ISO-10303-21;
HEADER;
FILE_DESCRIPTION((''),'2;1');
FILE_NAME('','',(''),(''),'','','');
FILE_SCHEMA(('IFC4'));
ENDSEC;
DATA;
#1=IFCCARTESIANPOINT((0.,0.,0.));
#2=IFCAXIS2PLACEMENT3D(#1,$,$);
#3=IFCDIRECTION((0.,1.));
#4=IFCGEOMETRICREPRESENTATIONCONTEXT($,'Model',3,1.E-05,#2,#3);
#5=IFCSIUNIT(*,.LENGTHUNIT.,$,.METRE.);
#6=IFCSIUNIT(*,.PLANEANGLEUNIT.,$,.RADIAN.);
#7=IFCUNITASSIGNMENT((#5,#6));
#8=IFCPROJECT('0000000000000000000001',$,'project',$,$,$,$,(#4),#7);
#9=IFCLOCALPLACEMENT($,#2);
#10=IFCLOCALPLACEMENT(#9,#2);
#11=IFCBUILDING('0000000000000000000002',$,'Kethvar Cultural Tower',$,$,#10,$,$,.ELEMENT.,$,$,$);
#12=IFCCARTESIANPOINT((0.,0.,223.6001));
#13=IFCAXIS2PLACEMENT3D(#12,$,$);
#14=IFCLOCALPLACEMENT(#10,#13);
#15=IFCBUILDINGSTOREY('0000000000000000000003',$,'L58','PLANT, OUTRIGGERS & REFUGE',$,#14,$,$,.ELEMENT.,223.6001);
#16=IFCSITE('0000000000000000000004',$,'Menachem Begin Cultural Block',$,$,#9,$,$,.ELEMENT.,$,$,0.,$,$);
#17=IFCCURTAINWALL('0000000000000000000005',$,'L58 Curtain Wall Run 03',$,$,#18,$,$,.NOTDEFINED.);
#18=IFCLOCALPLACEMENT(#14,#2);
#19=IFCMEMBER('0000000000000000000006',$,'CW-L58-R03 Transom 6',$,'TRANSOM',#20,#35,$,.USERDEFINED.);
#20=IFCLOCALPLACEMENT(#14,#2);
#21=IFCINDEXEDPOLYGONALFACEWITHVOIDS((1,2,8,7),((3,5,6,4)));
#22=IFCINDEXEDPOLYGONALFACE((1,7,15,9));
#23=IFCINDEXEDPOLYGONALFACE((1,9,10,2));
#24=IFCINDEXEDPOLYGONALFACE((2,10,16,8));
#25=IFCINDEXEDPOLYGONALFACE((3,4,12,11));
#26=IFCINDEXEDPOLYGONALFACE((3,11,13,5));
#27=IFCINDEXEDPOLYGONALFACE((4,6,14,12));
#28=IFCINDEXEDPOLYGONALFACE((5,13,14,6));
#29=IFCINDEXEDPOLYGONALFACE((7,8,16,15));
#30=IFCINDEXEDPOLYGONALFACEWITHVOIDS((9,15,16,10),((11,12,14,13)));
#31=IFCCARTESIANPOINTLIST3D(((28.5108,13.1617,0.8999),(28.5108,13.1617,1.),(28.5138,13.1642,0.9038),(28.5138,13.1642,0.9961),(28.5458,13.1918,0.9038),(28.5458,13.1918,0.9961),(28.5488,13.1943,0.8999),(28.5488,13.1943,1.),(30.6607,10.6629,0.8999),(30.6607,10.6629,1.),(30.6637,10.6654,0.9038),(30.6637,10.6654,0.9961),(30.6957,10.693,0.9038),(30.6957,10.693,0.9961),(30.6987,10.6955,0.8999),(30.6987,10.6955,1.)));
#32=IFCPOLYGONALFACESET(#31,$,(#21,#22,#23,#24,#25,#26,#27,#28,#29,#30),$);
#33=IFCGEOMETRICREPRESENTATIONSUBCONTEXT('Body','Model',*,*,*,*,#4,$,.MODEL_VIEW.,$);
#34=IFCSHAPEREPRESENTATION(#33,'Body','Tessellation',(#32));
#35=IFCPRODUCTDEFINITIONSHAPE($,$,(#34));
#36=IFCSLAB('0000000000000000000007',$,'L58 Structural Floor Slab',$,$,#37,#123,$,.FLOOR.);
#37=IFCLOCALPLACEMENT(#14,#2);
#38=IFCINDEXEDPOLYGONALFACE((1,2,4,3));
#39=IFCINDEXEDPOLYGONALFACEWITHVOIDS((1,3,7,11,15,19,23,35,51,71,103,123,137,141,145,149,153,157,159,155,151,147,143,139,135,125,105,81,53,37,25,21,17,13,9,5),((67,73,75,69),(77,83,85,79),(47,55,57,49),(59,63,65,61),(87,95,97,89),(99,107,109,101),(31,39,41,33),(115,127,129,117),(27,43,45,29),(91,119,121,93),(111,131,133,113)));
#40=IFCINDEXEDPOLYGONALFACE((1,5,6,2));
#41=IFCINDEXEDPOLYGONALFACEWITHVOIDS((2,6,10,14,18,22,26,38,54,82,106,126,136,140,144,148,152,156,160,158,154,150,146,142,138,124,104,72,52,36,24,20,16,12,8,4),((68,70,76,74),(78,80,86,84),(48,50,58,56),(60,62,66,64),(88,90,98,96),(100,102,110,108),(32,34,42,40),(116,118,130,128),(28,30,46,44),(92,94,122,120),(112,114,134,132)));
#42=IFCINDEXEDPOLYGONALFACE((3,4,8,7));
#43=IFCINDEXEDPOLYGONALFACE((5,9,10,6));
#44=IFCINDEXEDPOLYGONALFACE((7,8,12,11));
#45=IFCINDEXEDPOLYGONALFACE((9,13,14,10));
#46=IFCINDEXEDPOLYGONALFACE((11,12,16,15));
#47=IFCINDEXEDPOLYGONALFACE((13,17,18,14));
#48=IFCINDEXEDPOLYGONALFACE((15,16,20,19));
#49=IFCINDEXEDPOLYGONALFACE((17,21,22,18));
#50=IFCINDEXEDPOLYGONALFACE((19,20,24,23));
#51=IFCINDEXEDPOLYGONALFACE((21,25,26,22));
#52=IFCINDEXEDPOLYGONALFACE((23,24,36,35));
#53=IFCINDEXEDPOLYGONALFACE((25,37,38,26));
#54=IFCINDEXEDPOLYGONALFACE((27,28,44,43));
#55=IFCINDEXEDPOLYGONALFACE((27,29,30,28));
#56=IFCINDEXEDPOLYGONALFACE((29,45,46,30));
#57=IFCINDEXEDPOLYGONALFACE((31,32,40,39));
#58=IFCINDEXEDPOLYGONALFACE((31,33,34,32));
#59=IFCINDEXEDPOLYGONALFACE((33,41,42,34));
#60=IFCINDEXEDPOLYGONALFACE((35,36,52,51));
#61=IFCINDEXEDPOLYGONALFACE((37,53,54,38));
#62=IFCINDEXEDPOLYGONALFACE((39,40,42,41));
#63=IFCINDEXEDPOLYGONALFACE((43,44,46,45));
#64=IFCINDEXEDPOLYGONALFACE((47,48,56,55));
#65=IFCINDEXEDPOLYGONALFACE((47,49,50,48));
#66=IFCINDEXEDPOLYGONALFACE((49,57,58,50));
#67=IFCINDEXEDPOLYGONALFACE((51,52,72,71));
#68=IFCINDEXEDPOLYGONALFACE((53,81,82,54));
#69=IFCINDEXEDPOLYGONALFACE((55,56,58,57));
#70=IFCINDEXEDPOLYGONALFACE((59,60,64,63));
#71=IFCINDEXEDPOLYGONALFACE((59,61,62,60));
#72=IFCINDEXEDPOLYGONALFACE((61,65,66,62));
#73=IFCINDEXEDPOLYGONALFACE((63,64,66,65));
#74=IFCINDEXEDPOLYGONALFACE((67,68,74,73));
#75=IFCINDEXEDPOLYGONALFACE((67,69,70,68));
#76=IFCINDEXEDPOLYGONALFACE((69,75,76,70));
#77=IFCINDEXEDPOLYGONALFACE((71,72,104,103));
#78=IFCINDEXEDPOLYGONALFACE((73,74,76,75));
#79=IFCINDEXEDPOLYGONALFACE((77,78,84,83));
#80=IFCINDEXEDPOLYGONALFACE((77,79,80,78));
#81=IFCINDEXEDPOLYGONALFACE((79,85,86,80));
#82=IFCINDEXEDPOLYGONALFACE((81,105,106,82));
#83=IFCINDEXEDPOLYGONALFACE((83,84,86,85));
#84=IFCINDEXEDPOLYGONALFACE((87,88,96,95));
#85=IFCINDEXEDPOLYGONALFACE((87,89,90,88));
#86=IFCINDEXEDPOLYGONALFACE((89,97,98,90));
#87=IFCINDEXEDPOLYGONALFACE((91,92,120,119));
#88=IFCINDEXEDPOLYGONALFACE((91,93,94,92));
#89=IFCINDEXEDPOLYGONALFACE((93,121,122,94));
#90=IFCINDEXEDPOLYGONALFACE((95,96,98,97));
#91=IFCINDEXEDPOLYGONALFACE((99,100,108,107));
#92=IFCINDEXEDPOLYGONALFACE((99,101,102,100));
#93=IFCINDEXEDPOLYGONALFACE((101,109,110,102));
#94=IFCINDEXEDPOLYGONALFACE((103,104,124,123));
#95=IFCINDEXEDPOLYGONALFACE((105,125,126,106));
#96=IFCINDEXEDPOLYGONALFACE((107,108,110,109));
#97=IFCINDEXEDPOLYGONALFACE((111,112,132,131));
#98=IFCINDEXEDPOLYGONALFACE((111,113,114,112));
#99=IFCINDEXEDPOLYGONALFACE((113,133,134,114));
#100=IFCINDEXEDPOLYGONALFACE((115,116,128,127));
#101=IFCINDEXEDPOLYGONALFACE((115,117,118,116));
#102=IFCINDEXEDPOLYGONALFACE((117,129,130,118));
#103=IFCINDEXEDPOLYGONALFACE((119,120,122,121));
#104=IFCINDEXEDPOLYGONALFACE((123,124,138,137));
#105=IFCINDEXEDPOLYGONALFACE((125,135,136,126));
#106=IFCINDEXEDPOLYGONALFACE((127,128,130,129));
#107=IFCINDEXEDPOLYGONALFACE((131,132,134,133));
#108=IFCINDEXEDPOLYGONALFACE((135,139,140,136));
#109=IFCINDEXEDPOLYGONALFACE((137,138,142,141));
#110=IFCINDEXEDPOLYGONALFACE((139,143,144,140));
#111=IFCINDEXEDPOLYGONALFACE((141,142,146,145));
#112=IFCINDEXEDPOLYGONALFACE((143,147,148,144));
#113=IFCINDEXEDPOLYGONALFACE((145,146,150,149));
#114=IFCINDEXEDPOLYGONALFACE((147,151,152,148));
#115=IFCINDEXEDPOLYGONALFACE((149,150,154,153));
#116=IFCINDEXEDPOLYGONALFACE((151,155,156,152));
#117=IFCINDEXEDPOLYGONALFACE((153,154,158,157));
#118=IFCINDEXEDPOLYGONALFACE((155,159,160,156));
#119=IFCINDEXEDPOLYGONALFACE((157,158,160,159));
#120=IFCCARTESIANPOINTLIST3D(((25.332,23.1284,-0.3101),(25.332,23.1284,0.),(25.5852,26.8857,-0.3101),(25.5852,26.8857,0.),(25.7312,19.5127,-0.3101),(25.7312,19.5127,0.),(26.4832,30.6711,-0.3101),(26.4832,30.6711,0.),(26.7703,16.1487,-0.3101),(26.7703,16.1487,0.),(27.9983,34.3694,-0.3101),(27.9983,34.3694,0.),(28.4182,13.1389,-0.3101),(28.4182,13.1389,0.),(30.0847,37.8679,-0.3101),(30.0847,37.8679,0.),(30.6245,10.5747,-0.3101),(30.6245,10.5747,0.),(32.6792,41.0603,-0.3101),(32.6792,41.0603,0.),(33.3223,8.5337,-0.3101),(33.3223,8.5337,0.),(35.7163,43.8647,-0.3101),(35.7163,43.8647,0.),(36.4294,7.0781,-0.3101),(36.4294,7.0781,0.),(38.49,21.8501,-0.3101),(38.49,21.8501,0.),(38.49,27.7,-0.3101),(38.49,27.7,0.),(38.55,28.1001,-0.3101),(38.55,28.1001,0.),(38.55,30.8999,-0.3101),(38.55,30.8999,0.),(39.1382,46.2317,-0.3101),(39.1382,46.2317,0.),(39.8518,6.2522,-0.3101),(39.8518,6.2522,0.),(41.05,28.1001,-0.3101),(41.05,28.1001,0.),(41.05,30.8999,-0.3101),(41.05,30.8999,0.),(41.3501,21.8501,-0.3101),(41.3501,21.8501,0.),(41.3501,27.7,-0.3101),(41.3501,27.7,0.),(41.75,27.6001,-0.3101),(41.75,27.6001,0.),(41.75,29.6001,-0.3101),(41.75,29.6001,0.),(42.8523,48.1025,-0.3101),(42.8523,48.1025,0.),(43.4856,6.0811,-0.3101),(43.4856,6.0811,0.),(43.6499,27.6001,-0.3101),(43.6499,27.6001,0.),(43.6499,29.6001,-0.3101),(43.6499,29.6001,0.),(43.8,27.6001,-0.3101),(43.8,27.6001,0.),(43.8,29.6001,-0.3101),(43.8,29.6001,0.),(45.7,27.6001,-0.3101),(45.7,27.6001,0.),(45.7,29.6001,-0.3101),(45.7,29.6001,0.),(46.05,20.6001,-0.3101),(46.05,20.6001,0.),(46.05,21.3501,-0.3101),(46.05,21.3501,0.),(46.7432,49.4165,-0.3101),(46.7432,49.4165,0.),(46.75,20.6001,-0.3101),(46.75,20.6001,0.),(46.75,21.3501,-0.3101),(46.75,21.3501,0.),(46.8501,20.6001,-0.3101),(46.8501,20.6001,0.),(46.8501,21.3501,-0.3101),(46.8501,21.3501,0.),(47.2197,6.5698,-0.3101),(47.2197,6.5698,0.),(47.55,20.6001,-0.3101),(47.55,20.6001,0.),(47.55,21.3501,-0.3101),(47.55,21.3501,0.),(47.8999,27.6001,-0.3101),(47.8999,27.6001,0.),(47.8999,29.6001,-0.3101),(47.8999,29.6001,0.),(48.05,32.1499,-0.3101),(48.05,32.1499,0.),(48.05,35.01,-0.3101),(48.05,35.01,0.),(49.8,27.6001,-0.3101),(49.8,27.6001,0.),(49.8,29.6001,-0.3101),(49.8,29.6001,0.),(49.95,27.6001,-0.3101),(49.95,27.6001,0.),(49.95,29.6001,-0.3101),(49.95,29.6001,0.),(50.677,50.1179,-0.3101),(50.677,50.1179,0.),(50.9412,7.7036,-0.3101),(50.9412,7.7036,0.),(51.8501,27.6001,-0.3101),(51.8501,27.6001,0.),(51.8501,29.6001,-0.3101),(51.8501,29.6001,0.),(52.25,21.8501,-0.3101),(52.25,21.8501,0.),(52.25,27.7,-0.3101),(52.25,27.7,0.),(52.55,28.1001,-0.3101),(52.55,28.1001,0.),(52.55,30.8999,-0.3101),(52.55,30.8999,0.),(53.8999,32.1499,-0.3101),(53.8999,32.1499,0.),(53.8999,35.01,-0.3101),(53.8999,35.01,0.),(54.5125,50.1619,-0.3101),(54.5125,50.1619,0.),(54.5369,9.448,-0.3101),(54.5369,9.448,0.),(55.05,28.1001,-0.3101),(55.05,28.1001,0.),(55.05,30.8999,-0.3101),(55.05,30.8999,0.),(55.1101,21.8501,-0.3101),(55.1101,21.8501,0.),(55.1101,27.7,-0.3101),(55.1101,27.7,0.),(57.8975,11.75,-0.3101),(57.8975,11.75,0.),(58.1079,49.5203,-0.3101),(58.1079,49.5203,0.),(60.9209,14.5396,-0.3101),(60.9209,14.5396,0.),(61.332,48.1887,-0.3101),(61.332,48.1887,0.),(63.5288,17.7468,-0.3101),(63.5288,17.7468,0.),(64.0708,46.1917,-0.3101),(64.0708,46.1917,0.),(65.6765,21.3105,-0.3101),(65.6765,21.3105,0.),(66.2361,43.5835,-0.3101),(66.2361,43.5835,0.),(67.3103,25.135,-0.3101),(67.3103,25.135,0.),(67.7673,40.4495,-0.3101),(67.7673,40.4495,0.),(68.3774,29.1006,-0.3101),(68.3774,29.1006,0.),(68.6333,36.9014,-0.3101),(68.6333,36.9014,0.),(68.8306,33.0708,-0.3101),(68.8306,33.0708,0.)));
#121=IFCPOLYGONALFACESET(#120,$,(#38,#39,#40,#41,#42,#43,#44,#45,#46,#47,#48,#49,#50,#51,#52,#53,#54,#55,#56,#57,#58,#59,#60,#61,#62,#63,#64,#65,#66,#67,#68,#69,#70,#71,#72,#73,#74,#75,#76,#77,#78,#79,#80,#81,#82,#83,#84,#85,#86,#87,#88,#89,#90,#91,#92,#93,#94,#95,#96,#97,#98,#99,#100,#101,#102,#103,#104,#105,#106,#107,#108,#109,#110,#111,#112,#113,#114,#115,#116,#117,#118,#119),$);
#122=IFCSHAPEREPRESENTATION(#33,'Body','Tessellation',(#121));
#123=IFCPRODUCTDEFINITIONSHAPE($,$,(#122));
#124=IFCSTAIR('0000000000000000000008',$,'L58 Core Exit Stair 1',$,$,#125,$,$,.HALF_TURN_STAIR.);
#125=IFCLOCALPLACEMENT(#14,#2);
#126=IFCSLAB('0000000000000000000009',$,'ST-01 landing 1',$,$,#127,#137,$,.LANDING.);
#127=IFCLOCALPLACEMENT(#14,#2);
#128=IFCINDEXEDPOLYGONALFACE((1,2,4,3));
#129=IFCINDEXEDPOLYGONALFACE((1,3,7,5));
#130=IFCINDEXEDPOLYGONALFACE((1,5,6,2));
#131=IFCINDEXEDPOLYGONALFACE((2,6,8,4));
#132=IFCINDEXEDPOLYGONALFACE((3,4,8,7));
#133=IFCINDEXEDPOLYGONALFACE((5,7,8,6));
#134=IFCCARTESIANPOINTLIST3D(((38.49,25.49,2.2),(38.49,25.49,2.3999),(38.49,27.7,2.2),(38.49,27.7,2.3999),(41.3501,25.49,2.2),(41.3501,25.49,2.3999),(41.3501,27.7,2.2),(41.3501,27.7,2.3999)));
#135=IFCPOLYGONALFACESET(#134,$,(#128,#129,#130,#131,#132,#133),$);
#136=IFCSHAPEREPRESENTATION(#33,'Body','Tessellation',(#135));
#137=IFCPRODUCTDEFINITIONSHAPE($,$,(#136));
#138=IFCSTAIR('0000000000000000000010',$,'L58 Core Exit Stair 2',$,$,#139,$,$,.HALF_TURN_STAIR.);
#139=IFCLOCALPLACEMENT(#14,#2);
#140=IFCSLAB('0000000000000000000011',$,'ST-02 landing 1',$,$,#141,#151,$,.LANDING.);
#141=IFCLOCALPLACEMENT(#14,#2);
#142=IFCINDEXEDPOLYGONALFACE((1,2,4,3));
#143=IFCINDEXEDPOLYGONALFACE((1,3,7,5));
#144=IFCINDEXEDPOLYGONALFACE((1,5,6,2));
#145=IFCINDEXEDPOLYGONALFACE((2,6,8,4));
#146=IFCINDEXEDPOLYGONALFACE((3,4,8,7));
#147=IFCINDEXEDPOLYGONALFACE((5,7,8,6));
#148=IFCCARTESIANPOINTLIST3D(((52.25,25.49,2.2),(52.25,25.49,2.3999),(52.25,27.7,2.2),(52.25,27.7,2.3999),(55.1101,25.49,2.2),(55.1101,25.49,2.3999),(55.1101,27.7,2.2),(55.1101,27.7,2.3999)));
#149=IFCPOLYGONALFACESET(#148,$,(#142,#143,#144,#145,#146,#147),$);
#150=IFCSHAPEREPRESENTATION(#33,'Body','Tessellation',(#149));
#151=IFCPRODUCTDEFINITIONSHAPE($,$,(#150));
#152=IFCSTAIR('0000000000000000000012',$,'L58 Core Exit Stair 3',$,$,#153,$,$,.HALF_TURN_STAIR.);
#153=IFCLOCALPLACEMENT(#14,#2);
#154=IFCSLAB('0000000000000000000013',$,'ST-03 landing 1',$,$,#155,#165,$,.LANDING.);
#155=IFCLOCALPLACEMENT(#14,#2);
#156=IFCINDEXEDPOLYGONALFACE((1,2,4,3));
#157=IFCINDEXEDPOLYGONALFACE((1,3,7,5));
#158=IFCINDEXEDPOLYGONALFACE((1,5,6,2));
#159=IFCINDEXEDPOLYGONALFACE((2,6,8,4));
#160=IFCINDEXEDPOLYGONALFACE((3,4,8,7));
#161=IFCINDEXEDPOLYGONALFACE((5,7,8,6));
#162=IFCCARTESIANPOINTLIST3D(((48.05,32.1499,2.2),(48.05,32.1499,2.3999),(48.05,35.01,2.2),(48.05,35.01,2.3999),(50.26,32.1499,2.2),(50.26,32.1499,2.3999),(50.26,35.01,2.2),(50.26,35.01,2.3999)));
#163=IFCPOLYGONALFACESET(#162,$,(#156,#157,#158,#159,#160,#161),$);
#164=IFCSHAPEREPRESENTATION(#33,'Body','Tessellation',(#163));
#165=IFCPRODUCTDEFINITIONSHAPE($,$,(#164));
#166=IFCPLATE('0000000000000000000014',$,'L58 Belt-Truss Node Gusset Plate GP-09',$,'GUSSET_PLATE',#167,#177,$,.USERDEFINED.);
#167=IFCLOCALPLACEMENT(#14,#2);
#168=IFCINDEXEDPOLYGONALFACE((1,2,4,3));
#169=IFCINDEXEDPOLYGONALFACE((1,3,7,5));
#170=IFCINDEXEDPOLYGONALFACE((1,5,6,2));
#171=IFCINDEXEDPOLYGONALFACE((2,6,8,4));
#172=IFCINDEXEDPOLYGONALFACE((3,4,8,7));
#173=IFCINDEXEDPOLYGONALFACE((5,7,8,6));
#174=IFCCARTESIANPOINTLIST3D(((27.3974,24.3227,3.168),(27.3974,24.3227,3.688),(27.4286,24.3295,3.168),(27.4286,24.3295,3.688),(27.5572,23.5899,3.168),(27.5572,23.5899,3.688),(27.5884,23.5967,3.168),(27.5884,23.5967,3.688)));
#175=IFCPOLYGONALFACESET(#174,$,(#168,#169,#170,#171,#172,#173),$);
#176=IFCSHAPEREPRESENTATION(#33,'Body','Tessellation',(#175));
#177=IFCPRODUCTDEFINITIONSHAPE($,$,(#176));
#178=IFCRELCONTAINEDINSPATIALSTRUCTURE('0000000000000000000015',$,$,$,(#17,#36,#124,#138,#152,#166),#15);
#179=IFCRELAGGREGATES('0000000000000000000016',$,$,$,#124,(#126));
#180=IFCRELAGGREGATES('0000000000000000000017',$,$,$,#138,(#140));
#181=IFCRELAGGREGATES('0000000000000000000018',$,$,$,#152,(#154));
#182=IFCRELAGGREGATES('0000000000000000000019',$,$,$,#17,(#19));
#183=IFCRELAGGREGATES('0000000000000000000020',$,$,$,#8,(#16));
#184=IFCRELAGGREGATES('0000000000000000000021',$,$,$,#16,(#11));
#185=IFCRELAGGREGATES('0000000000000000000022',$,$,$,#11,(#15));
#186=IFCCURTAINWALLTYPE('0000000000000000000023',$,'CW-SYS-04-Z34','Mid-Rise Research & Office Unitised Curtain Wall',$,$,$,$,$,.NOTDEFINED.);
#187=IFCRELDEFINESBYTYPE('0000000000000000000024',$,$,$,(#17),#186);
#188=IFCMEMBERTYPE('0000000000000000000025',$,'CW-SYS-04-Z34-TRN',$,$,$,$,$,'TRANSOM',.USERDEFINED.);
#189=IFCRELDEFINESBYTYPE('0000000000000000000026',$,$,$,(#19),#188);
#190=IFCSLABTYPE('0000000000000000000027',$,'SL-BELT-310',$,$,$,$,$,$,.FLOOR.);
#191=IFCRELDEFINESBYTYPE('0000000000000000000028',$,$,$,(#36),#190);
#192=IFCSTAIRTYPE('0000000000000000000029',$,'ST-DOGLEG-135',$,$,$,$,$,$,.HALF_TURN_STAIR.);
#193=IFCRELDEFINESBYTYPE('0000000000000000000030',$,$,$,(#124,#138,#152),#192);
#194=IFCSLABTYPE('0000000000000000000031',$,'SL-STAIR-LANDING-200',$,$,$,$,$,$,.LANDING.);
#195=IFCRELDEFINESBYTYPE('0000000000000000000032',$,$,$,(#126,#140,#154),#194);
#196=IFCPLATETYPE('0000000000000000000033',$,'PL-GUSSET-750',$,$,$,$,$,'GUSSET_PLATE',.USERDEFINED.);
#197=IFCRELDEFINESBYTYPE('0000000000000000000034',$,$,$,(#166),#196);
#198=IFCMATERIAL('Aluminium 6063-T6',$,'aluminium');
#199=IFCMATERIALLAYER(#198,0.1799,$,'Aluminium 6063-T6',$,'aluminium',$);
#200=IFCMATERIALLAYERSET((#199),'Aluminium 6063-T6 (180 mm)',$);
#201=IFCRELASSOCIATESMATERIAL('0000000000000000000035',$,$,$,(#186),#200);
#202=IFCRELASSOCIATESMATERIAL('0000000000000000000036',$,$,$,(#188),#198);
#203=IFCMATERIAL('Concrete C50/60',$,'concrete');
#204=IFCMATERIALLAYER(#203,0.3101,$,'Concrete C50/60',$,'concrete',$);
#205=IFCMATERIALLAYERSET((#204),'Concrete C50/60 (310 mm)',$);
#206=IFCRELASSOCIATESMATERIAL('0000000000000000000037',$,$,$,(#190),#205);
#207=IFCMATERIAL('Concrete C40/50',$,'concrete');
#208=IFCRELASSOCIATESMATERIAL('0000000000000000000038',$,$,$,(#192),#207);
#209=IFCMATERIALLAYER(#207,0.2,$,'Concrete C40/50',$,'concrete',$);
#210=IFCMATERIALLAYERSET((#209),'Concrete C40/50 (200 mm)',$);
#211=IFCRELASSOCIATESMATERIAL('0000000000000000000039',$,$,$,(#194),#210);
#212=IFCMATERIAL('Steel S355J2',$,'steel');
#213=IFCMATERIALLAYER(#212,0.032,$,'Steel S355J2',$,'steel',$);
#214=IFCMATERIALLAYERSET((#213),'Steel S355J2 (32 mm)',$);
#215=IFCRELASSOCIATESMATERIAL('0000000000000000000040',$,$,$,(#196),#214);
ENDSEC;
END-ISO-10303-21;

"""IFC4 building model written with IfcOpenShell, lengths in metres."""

from ifc_helpers import new_model, si_unit, direction, frame, origin, origin_2d, place, context, subcontext, project, spatial, polyline, rectangle, hollow_rectangle, outline, extrude, source, transform, mapped, material, layer, layer_set, material_profile, profile_set, type_object, element, aggregate, save


model = new_model("IFC4")

# Units and contexts
model_context = context("Model", 3, precision=1e-05, world=origin(), true_north=direction((0.0, 1.0)))
body_context = subcontext(model_context, "Body", "Model", "MODEL_VIEW")
ifc_project = project(units=[si_unit("LENGTHUNIT", "METRE"), si_unit("PLANEANGLEUNIT", "RADIAN")], contexts=[model_context])

# Site, building, storey
site_placement = place(None, origin())
site = spatial("IfcSite", under=ifc_project, at=site_placement, Name="Menachem Begin Cultural Block", CompositionType="ELEMENT", RefElevation=0.0)
building_placement = place(site_placement, origin())
building = spatial("IfcBuilding", under=site, at=building_placement, Name="Kethvar Cultural Tower", CompositionType="ELEMENT")
storey_placement = place(building_placement, frame((0.0, 0.0, 223.6001)))
storey = spatial("IfcBuildingStorey", under=building, at=storey_placement, Name="L58", Description="PLANT, OUTRIGGERS & REFUGE", CompositionType="ELEMENT", Elevation=223.6001)

# Shared definitions
ifc_material_1 = material(Name="Steel S355J2", Category="steel")

# Curtain wall, member
ifc_material_2 = material(Name="Aluminium 6063-T6", Category="aluminium")
ifc_layer_1 = layer(ifc_material_2, 0.1799, Name="Aluminium 6063-T6", Category="aluminium")
ifc_layer_set_1 = layer_set([ifc_layer_1], Name="Aluminium 6063-T6 (180 mm)")
curtain_wall_type = type_object("IfcCurtainWallType", Name="CW-SYS-04-Z34", Description="Mid-Rise Research & Office Unitised Curtain Wall", PredefinedType="NOTDEFINED", material=ifc_layer_set_1)
curtain_wall_placement = place(storey_placement, origin())
curtain_wall = element("IfcCurtainWall", 1, at=curtain_wall_placement, inside=storey, type_object=curtain_wall_type, Name="L58 Curtain Wall Run 03", PredefinedType="NOTDEFINED")
ifc_material_profile_1 = material_profile(ifc_material_2, hollow_rectangle(XDim=0.05, YDim=0.1001, WallThickness=0.0039, at=origin_2d()), Name="Aluminium 6063-T6 — RHS100x50x4")
ifc_profile_set_1 = profile_set([ifc_material_profile_1], Name="Aluminium 6063-T6 — RHS100x50x4")
member_type_1 = type_object("IfcMemberType", Name="CW-SYS-04-Z34-TRN", ElementType="TRANSOM", PredefinedType="USERDEFINED", material=ifc_profile_set_1)
shared_shape_1 = source(origin(), body_context, "Body", "SweptSolid", [
    extrude(hollow_rectangle(XDim=0.05, YDim=0.1001, WallThickness=0.0039, at=origin_2d()), origin(), (0.0, 0.0, 1.0), 3.2964),
])
member_1_placement = place(storey_placement, frame((28.5298, 13.178, 0.95), z_axis=(0.652205, -0.758042, 0.0), x_axis=(0.758042, 0.652205, 0.0)))
member_1 = element("IfcMember", 2, at=member_1_placement, type_object=member_type_1, Name="CW-L58-R03 Transom 6", ObjectType="TRANSOM", PredefinedType="USERDEFINED", context=body_context, shape_type="MappedRepresentation", body=[
    mapped(shared_shape_1, transform((0.0, 0.0, 0.0), scale=1.0)),
])

# Slab
ifc_material_3 = material(Name="Concrete C50/60", Category="concrete")
ifc_layer_2 = layer(ifc_material_3, 0.3101, Name="Concrete C50/60", Category="concrete")
ifc_layer_set_2 = layer_set([ifc_layer_2], Name="Concrete C50/60 (310 mm)")
slab_type_1 = type_object("IfcSlabType", Name="SL-BELT-310", PredefinedType="FLOOR", material=ifc_layer_set_2)
slab_1_placement = place(storey_placement, frame((0.0, 0.0, -0.3101)))
element("IfcSlab", 3, at=slab_1_placement, inside=storey, type_object=slab_type_1, Name="L58 Structural Floor Slab", PredefinedType="FLOOR", context=body_context, shape_type="SweptSolid", body=[
    extrude(outline(polyline([(64.0708, 46.1917), (61.332, 48.1887), (58.1079, 49.5203), (54.5125, 50.1619), (50.677, 50.1179), (46.7432, 49.4165), (42.8523, 48.1025), (39.1382, 46.2317), (35.7163, 43.8647), (32.6792, 41.0603), (30.0847, 37.8679), (27.9983, 34.3694), (26.4832, 30.6711), (25.5852, 26.8857), (25.332, 23.1284), (25.7312, 19.5127), (26.7703, 16.1487), (28.4182, 13.1389), (30.6245, 10.5747), (33.3223, 8.5337), (36.4294, 7.0781), (39.8518, 6.2522), (43.4856, 6.0811), (47.2197, 6.5698), (50.9412, 7.7036), (54.5369, 9.448), (57.8975, 11.75), (60.9209, 14.5396), (63.5288, 17.7468), (65.6765, 21.3105), (67.3103, 25.135), (68.3774, 29.1006), (68.8306, 33.0708), (68.6333, 36.9014), (67.7673, 40.4495), (66.2361, 43.5835), (64.0708, 46.1917)]), holes=[polyline([(38.49, 21.8501), (38.49, 27.7), (41.3501, 27.7), (41.3501, 21.8501), (38.49, 21.8501)]), polyline([(52.25, 21.8501), (52.25, 27.7), (55.1101, 27.7), (55.1101, 21.8501), (52.25, 21.8501)]), polyline([(53.8999, 32.1499), (48.05, 32.1499), (48.05, 35.01), (53.8999, 35.01), (53.8999, 32.1499)]), polyline([(41.75, 29.6001), (43.6499, 29.6001), (43.6499, 27.6001), (41.75, 27.6001), (41.75, 29.6001)]), polyline([(43.8, 29.6001), (45.7, 29.6001), (45.7, 27.6001), (43.8, 27.6001), (43.8, 29.6001)]), polyline([(47.8999, 29.6001), (49.8, 29.6001), (49.8, 27.6001), (47.8999, 27.6001), (47.8999, 29.6001)]), polyline([(49.95, 29.6001), (51.8501, 29.6001), (51.8501, 27.6001), (49.95, 27.6001), (49.95, 29.6001)]), polyline([(38.55, 30.8999), (41.05, 30.8999), (41.05, 28.1001), (38.55, 28.1001), (38.55, 30.8999)]), polyline([(52.55, 30.8999), (55.05, 30.8999), (55.05, 28.1001), (52.55, 28.1001), (52.55, 30.8999)]), polyline([(46.05, 21.3501), (46.75, 21.3501), (46.75, 20.6001), (46.05, 20.6001), (46.05, 21.3501)]), polyline([(46.8501, 21.3501), (47.55, 21.3501), (47.55, 20.6001), (46.8501, 20.6001), (46.8501, 21.3501)])]), origin(), (0.0, 0.0, 1.0), 0.3101),
])

# Stairs, slabs
ifc_material_4 = material(Name="Concrete C40/50", Category="concrete")
stair_type = type_object("IfcStairType", Name="ST-DOGLEG-135", PredefinedType="HALF_TURN_STAIR", material=ifc_material_4)
stair_1_placement = place(storey_placement, origin())
stair_1 = element("IfcStair", 4, at=stair_1_placement, inside=storey, type_object=stair_type, Name="L58 Core Exit Stair 1", PredefinedType="HALF_TURN_STAIR")
ifc_layer_3 = layer(ifc_material_4, 0.2, Name="Concrete C40/50", Category="concrete")
ifc_layer_set_3 = layer_set([ifc_layer_3], Name="Concrete C40/50 (200 mm)")
slab_type_2 = type_object("IfcSlabType", Name="SL-STAIR-LANDING-200", PredefinedType="LANDING", material=ifc_layer_set_3)
slab_2_placement = place(storey_placement, frame((0.0, 0.0, 2.2)))
slab_2 = element("IfcSlab", 5, at=slab_2_placement, type_object=slab_type_2, Name="ST-01 landing 1", PredefinedType="LANDING", context=body_context, shape_type="SweptSolid", body=[
    extrude(outline(polyline([(41.3501, 25.49), (41.3501, 27.7), (38.49, 27.7), (38.49, 25.49), (41.3501, 25.49)])), origin(), (0.0, 0.0, 1.0), 0.2),
])
aggregate(stair_1, [slab_2])
stair_2_placement = place(storey_placement, origin())
stair_2 = element("IfcStair", 6, at=stair_2_placement, inside=storey, type_object=stair_type, Name="L58 Core Exit Stair 2", PredefinedType="HALF_TURN_STAIR")
slab_3_placement = place(storey_placement, frame((0.0, 0.0, 2.2)))
slab_3 = element("IfcSlab", 7, at=slab_3_placement, type_object=slab_type_2, Name="ST-02 landing 1", PredefinedType="LANDING", context=body_context, shape_type="SweptSolid", body=[
    extrude(outline(polyline([(55.1101, 25.49), (55.1101, 27.7), (52.25, 27.7), (52.25, 25.49), (55.1101, 25.49)])), origin(), (0.0, 0.0, 1.0), 0.2),
])
aggregate(stair_2, [slab_3])
stair_3_placement = place(storey_placement, origin())
stair_3 = element("IfcStair", 8, at=stair_3_placement, inside=storey, type_object=stair_type, Name="L58 Core Exit Stair 3", PredefinedType="HALF_TURN_STAIR")
slab_4_placement = place(storey_placement, frame((0.0, 0.0, 2.2)))
slab_4 = element("IfcSlab", 9, at=slab_4_placement, type_object=slab_type_2, Name="ST-03 landing 1", PredefinedType="LANDING", context=body_context, shape_type="SweptSolid", body=[
    extrude(outline(polyline([(50.26, 35.01), (48.05, 35.01), (48.05, 32.1499), (50.26, 32.1499), (50.26, 35.01)])), origin(), (0.0, 0.0, 1.0), 0.2),
])
aggregate(stair_3, [slab_4])

# Plate
ifc_layer_4 = layer(ifc_material_1, 0.032, Name="Steel S355J2", Category="steel")
ifc_layer_set_4 = layer_set([ifc_layer_4], Name="Steel S355J2 (32 mm)")
plate_type_1 = type_object("IfcPlateType", Name="PL-GUSSET-750", ElementType="GUSSET_PLATE", PredefinedType="USERDEFINED", material=ifc_layer_set_4)
shared_shape_2 = source(origin(), body_context, "Body", "SweptSolid", [
    extrude(rectangle(XDim=0.75, YDim=0.032, at=origin_2d()), origin(), (0.0, 0.0, 1.0), 0.52),
])
plate_1_placement = place(storey_placement, frame((27.4929, 23.9597, 3.168), z_axis=(0.0, 0.0, 1.0), x_axis=(0.21308, -0.977035, 0.0)))
element("IfcPlate", 10, at=plate_1_placement, inside=storey, type_object=plate_type_1, Name="L58 Belt-Truss Node Gusset Plate GP-09", ObjectType="GUSSET_PLATE", PredefinedType="USERDEFINED", context=body_context, shape_type="MappedRepresentation", body=[
    mapped(shared_shape_2, transform((0.0, 0.0, 0.0), scale=1.0)),
])
aggregate(curtain_wall, [member_1])

save(model, "model.ifc")
